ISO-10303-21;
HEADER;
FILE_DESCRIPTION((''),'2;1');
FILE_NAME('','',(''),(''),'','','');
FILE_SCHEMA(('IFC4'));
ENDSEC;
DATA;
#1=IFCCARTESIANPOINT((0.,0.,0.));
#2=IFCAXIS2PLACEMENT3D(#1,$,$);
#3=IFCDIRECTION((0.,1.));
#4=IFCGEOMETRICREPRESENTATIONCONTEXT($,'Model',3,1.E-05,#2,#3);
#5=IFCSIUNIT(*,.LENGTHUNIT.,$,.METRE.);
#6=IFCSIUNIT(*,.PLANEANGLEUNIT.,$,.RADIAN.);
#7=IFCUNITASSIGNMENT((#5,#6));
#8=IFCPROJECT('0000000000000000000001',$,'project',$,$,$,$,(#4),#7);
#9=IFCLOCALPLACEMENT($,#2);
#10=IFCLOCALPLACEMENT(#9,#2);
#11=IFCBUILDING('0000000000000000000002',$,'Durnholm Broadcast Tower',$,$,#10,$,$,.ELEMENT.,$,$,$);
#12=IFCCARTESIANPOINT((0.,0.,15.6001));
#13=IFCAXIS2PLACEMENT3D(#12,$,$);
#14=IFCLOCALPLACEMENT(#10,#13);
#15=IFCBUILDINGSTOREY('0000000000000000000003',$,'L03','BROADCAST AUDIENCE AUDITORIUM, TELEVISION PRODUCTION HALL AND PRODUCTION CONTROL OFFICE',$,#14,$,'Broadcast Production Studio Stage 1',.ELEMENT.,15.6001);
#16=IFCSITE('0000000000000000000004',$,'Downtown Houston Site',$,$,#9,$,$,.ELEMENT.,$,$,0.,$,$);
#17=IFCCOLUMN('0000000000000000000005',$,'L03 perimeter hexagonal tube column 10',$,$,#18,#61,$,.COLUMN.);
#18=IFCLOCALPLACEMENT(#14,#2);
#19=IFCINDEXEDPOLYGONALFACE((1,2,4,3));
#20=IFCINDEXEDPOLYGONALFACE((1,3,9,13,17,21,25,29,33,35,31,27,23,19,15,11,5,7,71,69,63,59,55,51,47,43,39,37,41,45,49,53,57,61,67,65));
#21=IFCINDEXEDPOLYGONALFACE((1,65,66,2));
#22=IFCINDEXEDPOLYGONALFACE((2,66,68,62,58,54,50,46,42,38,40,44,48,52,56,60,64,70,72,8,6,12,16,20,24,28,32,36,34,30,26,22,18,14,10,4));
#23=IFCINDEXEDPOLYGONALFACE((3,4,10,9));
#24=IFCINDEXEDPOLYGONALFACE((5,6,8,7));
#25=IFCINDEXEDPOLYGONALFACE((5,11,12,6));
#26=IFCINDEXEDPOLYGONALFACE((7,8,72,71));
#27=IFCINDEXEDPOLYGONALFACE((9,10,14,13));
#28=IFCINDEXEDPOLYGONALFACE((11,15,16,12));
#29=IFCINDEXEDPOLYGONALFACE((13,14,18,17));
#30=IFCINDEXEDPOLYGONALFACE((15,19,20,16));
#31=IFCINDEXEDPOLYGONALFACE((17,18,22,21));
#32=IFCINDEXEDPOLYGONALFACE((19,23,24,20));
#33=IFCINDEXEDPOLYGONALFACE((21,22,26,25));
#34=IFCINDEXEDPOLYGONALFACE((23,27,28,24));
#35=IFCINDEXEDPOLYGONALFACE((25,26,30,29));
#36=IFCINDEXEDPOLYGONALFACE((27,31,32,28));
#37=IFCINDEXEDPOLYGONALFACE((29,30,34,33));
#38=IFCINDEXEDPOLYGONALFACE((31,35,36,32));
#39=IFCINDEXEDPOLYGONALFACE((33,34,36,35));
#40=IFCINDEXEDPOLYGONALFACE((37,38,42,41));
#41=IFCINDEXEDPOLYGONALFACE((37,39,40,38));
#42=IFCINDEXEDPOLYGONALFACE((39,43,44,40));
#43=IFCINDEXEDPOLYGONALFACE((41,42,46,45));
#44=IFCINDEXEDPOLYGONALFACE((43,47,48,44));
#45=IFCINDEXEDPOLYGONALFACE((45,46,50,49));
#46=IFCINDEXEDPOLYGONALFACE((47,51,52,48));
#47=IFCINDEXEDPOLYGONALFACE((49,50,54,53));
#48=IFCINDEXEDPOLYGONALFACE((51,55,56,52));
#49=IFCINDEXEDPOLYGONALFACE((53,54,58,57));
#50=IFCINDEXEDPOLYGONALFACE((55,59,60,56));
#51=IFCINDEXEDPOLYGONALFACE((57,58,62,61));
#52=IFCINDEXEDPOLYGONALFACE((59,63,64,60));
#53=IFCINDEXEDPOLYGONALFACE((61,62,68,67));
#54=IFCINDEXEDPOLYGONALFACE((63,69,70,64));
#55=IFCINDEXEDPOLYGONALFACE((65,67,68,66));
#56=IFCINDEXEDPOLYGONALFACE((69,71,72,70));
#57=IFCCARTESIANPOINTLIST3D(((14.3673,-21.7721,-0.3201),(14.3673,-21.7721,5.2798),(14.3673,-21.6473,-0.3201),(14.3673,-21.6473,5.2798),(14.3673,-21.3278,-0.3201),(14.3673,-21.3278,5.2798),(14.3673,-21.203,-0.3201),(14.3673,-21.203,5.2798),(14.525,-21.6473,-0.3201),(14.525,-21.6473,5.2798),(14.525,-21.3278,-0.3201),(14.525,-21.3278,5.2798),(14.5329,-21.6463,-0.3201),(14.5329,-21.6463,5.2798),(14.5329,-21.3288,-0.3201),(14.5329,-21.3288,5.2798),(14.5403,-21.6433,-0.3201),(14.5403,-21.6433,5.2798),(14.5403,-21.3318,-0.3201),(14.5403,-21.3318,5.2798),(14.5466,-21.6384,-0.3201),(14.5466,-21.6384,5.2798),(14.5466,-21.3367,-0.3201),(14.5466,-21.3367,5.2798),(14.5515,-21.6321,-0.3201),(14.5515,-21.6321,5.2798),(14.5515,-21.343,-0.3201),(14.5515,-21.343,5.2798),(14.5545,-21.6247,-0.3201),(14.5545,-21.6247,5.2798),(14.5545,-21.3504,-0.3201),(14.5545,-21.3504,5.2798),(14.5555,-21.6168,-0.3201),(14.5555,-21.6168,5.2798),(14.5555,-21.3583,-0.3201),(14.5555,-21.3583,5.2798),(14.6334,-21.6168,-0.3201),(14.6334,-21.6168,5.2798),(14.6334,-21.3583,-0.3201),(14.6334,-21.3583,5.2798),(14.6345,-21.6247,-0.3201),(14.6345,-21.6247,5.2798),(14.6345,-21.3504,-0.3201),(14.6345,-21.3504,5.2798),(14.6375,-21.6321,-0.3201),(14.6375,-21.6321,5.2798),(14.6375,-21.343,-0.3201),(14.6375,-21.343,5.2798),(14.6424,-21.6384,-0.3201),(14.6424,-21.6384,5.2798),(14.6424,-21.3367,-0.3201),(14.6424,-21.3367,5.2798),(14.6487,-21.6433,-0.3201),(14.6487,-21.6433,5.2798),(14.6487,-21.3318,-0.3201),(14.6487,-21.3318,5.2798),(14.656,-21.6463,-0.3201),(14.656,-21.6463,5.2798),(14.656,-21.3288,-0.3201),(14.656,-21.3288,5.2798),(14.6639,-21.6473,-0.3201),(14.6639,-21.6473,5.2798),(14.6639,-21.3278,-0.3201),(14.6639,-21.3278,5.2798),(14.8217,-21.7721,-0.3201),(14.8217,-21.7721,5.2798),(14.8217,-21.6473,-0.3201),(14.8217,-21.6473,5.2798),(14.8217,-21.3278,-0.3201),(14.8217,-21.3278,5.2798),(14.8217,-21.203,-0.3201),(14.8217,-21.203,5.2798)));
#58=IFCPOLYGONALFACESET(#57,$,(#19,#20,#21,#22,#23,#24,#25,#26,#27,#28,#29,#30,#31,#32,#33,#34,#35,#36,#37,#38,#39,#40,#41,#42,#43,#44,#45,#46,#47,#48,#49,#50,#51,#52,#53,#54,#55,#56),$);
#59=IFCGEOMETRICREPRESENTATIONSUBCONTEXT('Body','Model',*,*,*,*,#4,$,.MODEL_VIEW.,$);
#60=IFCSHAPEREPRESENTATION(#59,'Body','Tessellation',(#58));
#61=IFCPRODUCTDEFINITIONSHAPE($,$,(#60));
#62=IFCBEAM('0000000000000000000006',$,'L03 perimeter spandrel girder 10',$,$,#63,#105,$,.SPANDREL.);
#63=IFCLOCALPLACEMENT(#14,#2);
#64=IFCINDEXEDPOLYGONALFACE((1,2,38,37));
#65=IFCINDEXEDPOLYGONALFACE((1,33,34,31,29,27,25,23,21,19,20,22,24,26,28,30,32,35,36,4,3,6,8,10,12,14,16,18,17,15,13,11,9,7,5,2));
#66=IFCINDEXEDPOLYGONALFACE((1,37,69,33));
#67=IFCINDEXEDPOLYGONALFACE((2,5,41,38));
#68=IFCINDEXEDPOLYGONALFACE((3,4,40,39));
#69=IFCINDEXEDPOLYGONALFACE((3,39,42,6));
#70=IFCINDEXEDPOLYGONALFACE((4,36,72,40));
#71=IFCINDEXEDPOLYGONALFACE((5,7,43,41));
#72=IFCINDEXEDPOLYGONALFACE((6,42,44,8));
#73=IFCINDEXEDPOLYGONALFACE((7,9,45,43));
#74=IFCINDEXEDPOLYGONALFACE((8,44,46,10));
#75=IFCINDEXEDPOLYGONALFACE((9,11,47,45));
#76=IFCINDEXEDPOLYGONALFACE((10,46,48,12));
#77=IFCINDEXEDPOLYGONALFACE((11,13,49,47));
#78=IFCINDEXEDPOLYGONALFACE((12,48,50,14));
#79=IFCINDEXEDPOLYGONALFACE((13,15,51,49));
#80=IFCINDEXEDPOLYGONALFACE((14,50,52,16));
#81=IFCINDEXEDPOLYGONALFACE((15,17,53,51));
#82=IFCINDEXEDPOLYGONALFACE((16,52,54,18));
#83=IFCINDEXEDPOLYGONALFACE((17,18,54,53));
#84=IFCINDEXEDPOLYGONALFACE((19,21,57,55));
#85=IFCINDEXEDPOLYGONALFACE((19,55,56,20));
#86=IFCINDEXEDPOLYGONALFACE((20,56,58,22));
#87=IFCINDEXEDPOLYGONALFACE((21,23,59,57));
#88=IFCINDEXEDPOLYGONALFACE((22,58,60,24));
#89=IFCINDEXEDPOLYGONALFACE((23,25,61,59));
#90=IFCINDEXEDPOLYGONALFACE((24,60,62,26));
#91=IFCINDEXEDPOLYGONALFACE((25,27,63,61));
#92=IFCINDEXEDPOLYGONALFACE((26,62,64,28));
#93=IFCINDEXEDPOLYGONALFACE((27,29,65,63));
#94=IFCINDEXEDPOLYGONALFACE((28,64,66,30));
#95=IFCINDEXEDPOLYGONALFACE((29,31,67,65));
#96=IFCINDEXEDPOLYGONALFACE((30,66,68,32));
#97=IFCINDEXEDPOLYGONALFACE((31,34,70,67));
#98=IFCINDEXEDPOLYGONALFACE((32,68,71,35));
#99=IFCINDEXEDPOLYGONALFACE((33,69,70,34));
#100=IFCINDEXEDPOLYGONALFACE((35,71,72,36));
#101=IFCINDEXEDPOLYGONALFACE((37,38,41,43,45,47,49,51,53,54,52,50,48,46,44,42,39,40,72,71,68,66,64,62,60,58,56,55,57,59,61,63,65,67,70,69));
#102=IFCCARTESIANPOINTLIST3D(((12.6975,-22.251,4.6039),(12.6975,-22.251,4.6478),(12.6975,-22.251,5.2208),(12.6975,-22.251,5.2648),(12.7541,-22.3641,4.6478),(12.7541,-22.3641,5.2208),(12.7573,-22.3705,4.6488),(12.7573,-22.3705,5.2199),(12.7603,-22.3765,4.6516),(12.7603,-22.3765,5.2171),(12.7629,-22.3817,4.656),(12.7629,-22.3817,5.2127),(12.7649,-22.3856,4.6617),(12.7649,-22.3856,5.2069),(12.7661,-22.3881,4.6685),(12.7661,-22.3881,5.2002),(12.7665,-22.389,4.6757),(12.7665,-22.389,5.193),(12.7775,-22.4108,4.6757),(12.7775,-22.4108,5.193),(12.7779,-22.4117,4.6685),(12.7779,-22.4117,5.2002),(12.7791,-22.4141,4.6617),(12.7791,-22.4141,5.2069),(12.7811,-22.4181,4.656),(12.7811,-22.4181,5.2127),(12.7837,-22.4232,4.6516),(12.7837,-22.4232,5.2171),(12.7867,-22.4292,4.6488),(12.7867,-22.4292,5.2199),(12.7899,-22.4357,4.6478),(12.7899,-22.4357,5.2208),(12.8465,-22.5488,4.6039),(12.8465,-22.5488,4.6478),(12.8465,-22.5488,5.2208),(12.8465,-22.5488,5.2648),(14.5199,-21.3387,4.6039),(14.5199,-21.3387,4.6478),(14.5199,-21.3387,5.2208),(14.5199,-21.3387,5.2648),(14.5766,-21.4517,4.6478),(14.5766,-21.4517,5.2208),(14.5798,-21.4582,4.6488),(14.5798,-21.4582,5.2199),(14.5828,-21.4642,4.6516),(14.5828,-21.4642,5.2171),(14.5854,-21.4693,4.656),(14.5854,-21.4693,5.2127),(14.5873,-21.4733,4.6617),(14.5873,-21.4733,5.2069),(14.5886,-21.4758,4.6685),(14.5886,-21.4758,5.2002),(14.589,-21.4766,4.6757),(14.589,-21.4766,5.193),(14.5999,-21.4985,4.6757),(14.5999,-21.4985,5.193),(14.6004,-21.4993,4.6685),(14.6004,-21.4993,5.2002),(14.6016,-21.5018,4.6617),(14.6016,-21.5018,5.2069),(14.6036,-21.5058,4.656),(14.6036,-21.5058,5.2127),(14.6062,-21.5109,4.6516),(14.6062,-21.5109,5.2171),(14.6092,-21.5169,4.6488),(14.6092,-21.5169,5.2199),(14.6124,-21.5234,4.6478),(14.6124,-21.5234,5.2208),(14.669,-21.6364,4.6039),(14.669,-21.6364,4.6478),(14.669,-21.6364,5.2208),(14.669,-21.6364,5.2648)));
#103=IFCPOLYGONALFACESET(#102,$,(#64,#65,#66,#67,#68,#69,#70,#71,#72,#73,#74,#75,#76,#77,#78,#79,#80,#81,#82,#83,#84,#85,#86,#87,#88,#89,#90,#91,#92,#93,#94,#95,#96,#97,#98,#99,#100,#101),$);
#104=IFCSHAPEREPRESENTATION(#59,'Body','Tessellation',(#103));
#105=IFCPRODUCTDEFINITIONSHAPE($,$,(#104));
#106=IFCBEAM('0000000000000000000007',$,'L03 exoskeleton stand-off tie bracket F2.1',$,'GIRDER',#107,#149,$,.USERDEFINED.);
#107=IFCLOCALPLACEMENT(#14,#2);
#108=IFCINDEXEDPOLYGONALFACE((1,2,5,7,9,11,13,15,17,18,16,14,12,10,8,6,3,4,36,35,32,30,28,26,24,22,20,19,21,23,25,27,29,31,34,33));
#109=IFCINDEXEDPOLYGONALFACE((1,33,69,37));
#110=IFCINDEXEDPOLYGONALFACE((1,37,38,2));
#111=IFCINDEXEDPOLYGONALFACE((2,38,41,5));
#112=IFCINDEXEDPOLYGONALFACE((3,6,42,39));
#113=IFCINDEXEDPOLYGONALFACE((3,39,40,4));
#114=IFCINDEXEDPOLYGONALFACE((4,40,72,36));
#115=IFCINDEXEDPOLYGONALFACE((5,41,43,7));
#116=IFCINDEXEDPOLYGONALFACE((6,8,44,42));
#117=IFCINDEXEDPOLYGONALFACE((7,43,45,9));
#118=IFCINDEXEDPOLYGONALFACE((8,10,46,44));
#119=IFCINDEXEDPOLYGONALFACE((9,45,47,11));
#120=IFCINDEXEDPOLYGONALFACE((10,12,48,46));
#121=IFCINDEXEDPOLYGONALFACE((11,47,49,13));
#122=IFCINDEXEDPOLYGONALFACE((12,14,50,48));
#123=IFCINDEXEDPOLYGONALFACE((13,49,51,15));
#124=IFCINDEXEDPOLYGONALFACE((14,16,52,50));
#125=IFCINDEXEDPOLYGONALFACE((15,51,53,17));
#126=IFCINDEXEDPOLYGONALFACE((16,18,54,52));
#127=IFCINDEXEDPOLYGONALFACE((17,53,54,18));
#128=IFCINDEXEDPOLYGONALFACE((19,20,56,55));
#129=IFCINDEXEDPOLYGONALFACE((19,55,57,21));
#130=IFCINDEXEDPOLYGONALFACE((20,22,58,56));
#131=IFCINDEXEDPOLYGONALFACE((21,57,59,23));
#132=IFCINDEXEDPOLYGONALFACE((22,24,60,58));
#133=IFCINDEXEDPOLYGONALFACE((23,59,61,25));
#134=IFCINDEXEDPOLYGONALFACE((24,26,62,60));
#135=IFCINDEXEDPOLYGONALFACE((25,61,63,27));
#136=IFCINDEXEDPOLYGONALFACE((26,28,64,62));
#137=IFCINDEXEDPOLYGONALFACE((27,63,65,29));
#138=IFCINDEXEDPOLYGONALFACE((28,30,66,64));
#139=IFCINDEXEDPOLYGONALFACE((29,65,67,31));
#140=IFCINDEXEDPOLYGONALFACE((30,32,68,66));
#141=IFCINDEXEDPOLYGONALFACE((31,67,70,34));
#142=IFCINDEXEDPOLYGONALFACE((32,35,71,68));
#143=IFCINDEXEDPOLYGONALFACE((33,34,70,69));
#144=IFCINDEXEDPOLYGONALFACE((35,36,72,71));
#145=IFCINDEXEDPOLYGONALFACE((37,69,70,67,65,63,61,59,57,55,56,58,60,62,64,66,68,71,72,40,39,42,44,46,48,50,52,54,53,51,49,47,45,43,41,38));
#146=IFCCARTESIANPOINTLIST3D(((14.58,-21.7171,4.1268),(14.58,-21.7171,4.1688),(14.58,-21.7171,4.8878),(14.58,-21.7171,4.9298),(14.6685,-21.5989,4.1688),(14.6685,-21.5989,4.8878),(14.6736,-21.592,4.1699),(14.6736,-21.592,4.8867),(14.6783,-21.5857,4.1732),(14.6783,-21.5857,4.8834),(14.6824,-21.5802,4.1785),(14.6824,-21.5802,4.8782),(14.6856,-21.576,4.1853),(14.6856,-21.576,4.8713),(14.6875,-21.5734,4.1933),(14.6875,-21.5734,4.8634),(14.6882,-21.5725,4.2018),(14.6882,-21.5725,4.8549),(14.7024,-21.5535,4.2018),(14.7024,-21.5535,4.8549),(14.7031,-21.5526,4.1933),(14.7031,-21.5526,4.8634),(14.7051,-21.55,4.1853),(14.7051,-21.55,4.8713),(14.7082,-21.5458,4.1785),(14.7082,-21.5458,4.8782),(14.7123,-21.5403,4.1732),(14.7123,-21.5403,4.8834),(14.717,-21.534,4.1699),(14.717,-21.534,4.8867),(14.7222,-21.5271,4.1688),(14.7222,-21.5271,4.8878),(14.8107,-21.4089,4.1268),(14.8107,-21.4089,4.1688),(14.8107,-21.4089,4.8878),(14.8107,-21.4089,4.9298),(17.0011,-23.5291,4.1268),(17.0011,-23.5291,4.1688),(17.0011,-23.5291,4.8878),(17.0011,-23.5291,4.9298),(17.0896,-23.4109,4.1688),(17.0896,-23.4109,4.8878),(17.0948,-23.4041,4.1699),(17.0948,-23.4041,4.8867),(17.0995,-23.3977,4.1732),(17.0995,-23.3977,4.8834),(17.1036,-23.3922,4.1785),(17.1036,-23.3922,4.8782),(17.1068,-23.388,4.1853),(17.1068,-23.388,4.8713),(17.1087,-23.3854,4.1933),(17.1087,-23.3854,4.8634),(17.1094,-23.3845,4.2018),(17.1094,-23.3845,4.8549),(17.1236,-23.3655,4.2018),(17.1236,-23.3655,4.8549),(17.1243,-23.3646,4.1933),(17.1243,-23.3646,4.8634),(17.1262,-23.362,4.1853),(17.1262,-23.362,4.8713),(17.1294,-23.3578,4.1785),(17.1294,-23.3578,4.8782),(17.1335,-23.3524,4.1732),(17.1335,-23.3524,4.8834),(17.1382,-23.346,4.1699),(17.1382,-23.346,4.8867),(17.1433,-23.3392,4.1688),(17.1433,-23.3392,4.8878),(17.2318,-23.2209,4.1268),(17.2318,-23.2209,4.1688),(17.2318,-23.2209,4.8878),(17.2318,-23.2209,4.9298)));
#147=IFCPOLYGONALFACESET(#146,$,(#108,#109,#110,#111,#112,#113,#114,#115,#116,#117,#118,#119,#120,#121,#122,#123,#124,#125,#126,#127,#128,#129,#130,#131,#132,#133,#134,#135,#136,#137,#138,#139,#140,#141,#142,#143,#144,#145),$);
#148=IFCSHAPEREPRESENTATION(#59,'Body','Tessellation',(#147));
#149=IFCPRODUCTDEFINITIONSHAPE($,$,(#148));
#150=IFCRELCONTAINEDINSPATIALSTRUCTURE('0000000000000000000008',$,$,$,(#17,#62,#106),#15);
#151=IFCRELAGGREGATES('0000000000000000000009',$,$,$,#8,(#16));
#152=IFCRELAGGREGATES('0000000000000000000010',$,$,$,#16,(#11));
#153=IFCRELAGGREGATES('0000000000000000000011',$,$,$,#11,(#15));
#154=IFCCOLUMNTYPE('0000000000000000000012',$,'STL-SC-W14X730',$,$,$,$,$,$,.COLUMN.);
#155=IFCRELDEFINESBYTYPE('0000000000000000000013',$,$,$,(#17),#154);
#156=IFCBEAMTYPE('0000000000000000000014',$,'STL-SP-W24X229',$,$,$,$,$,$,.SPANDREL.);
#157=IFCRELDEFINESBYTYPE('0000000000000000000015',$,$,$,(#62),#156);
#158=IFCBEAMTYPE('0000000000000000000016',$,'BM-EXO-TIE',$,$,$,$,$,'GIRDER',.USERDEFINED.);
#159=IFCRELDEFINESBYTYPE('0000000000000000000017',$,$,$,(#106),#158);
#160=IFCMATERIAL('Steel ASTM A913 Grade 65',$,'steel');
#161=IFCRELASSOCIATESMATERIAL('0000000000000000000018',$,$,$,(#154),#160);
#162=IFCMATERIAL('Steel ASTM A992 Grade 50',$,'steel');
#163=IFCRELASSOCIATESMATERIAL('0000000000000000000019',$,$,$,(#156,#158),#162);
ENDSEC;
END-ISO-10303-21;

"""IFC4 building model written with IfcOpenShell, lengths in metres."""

from ifc_helpers import new_model, si_unit, direction, frame, origin, origin_2d, place, context, subcontext, project, spatial, i_section, extrude, source, transform, mapped, material, material_profile, profile_set, type_object, type_shapes, element, save


model = new_model("IFC4")

# Units and contexts
model_context = context("Model", 3, precision=1e-05, world=origin(), true_north=direction((0.0, 1.0)))
body_context = subcontext(model_context, "Body", "Model", "MODEL_VIEW")
ifc_project = project(units=[si_unit("LENGTHUNIT", "METRE"), si_unit("PLANEANGLEUNIT", "RADIAN")], contexts=[model_context])

# Site, building, storey
site_placement = place(None, origin())
site = spatial("IfcSite", under=ifc_project, at=site_placement, Name="Downtown Houston Site", CompositionType="ELEMENT", RefElevation=0.0)
building_placement = place(site_placement, origin())
building = spatial("IfcBuilding", under=site, at=building_placement, Name="Durnholm Broadcast Tower", CompositionType="ELEMENT")
storey_placement = place(building_placement, frame((0.0, 0.0, 15.6001)))
storey = spatial("IfcBuildingStorey", under=building, at=storey_placement, Name="L03", Description="BROADCAST AUDIENCE AUDITORIUM, TELEVISION PRODUCTION HALL AND PRODUCTION CONTROL OFFICE", LongName="Broadcast Production Studio Stage 1", CompositionType="ELEMENT", Elevation=15.6001)

# Column
ifc_material_1 = material(Name="Steel ASTM A913 Grade 65", Category="steel")
ifc_material_profile_1 = material_profile(ifc_material_1, i_section(OverallWidth=0.4543, OverallDepth=0.5691, WebThickness=0.0779, FlangeThickness=0.1248, FilletRadius=0.0305, at=origin_2d()), Name="W14X730")
ifc_profile_set_1 = profile_set([ifc_material_profile_1], Name="Steel ASTM A913 Grade 65")
column_type = type_object("IfcColumnType", Name="STL-SC-W14X730", PredefinedType="COLUMN", material=ifc_profile_set_1)
shared_shape_1 = source(origin(), body_context, "Body", "SweptSolid", [
    extrude(i_section(OverallWidth=0.4543, OverallDepth=0.5691, WebThickness=0.0779, FlangeThickness=0.1248, FilletRadius=0.0305, at=origin_2d()), origin(), (0.0, 0.0, 1.0), 5.5999),
])
type_shapes(column_type, [shared_shape_1])
column_placement = place(storey_placement, frame((14.5945, -21.4875, -0.3201), z_axis=(0.0, 0.0, 1.0), x_axis=(1.0, 0.0, 0.0)))
element("IfcColumn", 1, at=column_placement, inside=storey, type_object=column_type, Name="L03 perimeter hexagonal tube column 10", PredefinedType="COLUMN", context=body_context, shape_type="MappedRepresentation", body=[
    mapped(shared_shape_1, transform((0.0, 0.0, 0.0), x_axis=(1.0, 0.0, 0.0), y_axis=(0.0, 1.0, 0.0), z_axis=(0.0, 0.0, 1.0), scale=1.0)),
])

# Beams
ifc_material_2 = material(Name="Steel ASTM A992 Grade 50", Category="steel")
ifc_material_profile_2 = material_profile(ifc_material_2, i_section(OverallWidth=0.333, OverallDepth=0.6609, WebThickness=0.0244, FlangeThickness=0.0439, FilletRadius=0.0278, at=origin_2d()), Name="W24X229")
ifc_profile_set_2 = profile_set([ifc_material_profile_2], Name="Steel ASTM A992 Grade 50")
beam_type_1 = type_object("IfcBeamType", Name="STL-SP-W24X229", PredefinedType="SPANDREL", material=ifc_profile_set_2)
shared_shape_2 = source(origin(), body_context, "Body", "SweptSolid", [
    extrude(i_section(OverallWidth=0.333, OverallDepth=0.6609, WebThickness=0.0244, FlangeThickness=0.0439, FilletRadius=0.0278, at=origin_2d()), origin(), (0.0, 0.0, 1.0), 2.0381),
])
type_shapes(beam_type_1, [shared_shape_2])
beam_1_placement = place(storey_placement, frame((14.5945, -21.4875, 4.9343), z_axis=(-0.894211, -0.447645, 0.0), x_axis=(0.447645, -0.894211, 0.0)))
element("IfcBeam", 2, at=beam_1_placement, inside=storey, type_object=beam_type_1, Name="L03 perimeter spandrel girder 10", PredefinedType="SPANDREL", context=body_context, shape_type="MappedRepresentation", body=[
    mapped(shared_shape_2, transform((0.0, 0.0, 0.0), x_axis=(1.0, 0.0, 0.0), y_axis=(0.0, 1.0, 0.0), z_axis=(0.0, 0.0, 1.0), scale=1.0)),
])
ifc_material_profile_3 = material_profile(ifc_material_2, i_section(OverallWidth=0.385, OverallDepth=0.803, WebThickness=0.0237, FlangeThickness=0.042, FilletRadius=0.033, at=origin_2d()), Name="W30X261")
ifc_profile_set_3 = profile_set([ifc_material_profile_3], Name="Steel ASTM A992 Grade 50")
beam_type_2 = type_object("IfcBeamType", Name="BM-EXO-TIE", ElementType="GIRDER", PredefinedType="USERDEFINED", material=ifc_profile_set_3)
shared_shape_3 = source(origin(), body_context, "Body", "SweptSolid", [
    extrude(i_section(OverallWidth=0.385, OverallDepth=0.803, WebThickness=0.0237, FlangeThickness=0.042, FilletRadius=0.033, at=origin_2d()), origin(), (0.0, 0.0, 1.0), 3.0242),
])
beam_2_placement = place(storey_placement, frame((14.6953, -21.563, 4.5283), z_axis=(0.80061, -0.599186, 0.0), x_axis=(0.599186, 0.80061, 0.0)))
element("IfcBeam", 3, at=beam_2_placement, inside=storey, type_object=beam_type_2, Name="L03 exoskeleton stand-off tie bracket F2.1", ObjectType="GIRDER", PredefinedType="USERDEFINED", context=body_context, shape_type="MappedRepresentation", body=[
    mapped(shared_shape_3, transform((0.0, 0.0, 0.0), x_axis=(1.0, 0.0, 0.0), y_axis=(0.0, 1.0, 0.0), z_axis=(0.0, 0.0, 1.0), scale=1.0)),
])

save(model, "model.ifc")
